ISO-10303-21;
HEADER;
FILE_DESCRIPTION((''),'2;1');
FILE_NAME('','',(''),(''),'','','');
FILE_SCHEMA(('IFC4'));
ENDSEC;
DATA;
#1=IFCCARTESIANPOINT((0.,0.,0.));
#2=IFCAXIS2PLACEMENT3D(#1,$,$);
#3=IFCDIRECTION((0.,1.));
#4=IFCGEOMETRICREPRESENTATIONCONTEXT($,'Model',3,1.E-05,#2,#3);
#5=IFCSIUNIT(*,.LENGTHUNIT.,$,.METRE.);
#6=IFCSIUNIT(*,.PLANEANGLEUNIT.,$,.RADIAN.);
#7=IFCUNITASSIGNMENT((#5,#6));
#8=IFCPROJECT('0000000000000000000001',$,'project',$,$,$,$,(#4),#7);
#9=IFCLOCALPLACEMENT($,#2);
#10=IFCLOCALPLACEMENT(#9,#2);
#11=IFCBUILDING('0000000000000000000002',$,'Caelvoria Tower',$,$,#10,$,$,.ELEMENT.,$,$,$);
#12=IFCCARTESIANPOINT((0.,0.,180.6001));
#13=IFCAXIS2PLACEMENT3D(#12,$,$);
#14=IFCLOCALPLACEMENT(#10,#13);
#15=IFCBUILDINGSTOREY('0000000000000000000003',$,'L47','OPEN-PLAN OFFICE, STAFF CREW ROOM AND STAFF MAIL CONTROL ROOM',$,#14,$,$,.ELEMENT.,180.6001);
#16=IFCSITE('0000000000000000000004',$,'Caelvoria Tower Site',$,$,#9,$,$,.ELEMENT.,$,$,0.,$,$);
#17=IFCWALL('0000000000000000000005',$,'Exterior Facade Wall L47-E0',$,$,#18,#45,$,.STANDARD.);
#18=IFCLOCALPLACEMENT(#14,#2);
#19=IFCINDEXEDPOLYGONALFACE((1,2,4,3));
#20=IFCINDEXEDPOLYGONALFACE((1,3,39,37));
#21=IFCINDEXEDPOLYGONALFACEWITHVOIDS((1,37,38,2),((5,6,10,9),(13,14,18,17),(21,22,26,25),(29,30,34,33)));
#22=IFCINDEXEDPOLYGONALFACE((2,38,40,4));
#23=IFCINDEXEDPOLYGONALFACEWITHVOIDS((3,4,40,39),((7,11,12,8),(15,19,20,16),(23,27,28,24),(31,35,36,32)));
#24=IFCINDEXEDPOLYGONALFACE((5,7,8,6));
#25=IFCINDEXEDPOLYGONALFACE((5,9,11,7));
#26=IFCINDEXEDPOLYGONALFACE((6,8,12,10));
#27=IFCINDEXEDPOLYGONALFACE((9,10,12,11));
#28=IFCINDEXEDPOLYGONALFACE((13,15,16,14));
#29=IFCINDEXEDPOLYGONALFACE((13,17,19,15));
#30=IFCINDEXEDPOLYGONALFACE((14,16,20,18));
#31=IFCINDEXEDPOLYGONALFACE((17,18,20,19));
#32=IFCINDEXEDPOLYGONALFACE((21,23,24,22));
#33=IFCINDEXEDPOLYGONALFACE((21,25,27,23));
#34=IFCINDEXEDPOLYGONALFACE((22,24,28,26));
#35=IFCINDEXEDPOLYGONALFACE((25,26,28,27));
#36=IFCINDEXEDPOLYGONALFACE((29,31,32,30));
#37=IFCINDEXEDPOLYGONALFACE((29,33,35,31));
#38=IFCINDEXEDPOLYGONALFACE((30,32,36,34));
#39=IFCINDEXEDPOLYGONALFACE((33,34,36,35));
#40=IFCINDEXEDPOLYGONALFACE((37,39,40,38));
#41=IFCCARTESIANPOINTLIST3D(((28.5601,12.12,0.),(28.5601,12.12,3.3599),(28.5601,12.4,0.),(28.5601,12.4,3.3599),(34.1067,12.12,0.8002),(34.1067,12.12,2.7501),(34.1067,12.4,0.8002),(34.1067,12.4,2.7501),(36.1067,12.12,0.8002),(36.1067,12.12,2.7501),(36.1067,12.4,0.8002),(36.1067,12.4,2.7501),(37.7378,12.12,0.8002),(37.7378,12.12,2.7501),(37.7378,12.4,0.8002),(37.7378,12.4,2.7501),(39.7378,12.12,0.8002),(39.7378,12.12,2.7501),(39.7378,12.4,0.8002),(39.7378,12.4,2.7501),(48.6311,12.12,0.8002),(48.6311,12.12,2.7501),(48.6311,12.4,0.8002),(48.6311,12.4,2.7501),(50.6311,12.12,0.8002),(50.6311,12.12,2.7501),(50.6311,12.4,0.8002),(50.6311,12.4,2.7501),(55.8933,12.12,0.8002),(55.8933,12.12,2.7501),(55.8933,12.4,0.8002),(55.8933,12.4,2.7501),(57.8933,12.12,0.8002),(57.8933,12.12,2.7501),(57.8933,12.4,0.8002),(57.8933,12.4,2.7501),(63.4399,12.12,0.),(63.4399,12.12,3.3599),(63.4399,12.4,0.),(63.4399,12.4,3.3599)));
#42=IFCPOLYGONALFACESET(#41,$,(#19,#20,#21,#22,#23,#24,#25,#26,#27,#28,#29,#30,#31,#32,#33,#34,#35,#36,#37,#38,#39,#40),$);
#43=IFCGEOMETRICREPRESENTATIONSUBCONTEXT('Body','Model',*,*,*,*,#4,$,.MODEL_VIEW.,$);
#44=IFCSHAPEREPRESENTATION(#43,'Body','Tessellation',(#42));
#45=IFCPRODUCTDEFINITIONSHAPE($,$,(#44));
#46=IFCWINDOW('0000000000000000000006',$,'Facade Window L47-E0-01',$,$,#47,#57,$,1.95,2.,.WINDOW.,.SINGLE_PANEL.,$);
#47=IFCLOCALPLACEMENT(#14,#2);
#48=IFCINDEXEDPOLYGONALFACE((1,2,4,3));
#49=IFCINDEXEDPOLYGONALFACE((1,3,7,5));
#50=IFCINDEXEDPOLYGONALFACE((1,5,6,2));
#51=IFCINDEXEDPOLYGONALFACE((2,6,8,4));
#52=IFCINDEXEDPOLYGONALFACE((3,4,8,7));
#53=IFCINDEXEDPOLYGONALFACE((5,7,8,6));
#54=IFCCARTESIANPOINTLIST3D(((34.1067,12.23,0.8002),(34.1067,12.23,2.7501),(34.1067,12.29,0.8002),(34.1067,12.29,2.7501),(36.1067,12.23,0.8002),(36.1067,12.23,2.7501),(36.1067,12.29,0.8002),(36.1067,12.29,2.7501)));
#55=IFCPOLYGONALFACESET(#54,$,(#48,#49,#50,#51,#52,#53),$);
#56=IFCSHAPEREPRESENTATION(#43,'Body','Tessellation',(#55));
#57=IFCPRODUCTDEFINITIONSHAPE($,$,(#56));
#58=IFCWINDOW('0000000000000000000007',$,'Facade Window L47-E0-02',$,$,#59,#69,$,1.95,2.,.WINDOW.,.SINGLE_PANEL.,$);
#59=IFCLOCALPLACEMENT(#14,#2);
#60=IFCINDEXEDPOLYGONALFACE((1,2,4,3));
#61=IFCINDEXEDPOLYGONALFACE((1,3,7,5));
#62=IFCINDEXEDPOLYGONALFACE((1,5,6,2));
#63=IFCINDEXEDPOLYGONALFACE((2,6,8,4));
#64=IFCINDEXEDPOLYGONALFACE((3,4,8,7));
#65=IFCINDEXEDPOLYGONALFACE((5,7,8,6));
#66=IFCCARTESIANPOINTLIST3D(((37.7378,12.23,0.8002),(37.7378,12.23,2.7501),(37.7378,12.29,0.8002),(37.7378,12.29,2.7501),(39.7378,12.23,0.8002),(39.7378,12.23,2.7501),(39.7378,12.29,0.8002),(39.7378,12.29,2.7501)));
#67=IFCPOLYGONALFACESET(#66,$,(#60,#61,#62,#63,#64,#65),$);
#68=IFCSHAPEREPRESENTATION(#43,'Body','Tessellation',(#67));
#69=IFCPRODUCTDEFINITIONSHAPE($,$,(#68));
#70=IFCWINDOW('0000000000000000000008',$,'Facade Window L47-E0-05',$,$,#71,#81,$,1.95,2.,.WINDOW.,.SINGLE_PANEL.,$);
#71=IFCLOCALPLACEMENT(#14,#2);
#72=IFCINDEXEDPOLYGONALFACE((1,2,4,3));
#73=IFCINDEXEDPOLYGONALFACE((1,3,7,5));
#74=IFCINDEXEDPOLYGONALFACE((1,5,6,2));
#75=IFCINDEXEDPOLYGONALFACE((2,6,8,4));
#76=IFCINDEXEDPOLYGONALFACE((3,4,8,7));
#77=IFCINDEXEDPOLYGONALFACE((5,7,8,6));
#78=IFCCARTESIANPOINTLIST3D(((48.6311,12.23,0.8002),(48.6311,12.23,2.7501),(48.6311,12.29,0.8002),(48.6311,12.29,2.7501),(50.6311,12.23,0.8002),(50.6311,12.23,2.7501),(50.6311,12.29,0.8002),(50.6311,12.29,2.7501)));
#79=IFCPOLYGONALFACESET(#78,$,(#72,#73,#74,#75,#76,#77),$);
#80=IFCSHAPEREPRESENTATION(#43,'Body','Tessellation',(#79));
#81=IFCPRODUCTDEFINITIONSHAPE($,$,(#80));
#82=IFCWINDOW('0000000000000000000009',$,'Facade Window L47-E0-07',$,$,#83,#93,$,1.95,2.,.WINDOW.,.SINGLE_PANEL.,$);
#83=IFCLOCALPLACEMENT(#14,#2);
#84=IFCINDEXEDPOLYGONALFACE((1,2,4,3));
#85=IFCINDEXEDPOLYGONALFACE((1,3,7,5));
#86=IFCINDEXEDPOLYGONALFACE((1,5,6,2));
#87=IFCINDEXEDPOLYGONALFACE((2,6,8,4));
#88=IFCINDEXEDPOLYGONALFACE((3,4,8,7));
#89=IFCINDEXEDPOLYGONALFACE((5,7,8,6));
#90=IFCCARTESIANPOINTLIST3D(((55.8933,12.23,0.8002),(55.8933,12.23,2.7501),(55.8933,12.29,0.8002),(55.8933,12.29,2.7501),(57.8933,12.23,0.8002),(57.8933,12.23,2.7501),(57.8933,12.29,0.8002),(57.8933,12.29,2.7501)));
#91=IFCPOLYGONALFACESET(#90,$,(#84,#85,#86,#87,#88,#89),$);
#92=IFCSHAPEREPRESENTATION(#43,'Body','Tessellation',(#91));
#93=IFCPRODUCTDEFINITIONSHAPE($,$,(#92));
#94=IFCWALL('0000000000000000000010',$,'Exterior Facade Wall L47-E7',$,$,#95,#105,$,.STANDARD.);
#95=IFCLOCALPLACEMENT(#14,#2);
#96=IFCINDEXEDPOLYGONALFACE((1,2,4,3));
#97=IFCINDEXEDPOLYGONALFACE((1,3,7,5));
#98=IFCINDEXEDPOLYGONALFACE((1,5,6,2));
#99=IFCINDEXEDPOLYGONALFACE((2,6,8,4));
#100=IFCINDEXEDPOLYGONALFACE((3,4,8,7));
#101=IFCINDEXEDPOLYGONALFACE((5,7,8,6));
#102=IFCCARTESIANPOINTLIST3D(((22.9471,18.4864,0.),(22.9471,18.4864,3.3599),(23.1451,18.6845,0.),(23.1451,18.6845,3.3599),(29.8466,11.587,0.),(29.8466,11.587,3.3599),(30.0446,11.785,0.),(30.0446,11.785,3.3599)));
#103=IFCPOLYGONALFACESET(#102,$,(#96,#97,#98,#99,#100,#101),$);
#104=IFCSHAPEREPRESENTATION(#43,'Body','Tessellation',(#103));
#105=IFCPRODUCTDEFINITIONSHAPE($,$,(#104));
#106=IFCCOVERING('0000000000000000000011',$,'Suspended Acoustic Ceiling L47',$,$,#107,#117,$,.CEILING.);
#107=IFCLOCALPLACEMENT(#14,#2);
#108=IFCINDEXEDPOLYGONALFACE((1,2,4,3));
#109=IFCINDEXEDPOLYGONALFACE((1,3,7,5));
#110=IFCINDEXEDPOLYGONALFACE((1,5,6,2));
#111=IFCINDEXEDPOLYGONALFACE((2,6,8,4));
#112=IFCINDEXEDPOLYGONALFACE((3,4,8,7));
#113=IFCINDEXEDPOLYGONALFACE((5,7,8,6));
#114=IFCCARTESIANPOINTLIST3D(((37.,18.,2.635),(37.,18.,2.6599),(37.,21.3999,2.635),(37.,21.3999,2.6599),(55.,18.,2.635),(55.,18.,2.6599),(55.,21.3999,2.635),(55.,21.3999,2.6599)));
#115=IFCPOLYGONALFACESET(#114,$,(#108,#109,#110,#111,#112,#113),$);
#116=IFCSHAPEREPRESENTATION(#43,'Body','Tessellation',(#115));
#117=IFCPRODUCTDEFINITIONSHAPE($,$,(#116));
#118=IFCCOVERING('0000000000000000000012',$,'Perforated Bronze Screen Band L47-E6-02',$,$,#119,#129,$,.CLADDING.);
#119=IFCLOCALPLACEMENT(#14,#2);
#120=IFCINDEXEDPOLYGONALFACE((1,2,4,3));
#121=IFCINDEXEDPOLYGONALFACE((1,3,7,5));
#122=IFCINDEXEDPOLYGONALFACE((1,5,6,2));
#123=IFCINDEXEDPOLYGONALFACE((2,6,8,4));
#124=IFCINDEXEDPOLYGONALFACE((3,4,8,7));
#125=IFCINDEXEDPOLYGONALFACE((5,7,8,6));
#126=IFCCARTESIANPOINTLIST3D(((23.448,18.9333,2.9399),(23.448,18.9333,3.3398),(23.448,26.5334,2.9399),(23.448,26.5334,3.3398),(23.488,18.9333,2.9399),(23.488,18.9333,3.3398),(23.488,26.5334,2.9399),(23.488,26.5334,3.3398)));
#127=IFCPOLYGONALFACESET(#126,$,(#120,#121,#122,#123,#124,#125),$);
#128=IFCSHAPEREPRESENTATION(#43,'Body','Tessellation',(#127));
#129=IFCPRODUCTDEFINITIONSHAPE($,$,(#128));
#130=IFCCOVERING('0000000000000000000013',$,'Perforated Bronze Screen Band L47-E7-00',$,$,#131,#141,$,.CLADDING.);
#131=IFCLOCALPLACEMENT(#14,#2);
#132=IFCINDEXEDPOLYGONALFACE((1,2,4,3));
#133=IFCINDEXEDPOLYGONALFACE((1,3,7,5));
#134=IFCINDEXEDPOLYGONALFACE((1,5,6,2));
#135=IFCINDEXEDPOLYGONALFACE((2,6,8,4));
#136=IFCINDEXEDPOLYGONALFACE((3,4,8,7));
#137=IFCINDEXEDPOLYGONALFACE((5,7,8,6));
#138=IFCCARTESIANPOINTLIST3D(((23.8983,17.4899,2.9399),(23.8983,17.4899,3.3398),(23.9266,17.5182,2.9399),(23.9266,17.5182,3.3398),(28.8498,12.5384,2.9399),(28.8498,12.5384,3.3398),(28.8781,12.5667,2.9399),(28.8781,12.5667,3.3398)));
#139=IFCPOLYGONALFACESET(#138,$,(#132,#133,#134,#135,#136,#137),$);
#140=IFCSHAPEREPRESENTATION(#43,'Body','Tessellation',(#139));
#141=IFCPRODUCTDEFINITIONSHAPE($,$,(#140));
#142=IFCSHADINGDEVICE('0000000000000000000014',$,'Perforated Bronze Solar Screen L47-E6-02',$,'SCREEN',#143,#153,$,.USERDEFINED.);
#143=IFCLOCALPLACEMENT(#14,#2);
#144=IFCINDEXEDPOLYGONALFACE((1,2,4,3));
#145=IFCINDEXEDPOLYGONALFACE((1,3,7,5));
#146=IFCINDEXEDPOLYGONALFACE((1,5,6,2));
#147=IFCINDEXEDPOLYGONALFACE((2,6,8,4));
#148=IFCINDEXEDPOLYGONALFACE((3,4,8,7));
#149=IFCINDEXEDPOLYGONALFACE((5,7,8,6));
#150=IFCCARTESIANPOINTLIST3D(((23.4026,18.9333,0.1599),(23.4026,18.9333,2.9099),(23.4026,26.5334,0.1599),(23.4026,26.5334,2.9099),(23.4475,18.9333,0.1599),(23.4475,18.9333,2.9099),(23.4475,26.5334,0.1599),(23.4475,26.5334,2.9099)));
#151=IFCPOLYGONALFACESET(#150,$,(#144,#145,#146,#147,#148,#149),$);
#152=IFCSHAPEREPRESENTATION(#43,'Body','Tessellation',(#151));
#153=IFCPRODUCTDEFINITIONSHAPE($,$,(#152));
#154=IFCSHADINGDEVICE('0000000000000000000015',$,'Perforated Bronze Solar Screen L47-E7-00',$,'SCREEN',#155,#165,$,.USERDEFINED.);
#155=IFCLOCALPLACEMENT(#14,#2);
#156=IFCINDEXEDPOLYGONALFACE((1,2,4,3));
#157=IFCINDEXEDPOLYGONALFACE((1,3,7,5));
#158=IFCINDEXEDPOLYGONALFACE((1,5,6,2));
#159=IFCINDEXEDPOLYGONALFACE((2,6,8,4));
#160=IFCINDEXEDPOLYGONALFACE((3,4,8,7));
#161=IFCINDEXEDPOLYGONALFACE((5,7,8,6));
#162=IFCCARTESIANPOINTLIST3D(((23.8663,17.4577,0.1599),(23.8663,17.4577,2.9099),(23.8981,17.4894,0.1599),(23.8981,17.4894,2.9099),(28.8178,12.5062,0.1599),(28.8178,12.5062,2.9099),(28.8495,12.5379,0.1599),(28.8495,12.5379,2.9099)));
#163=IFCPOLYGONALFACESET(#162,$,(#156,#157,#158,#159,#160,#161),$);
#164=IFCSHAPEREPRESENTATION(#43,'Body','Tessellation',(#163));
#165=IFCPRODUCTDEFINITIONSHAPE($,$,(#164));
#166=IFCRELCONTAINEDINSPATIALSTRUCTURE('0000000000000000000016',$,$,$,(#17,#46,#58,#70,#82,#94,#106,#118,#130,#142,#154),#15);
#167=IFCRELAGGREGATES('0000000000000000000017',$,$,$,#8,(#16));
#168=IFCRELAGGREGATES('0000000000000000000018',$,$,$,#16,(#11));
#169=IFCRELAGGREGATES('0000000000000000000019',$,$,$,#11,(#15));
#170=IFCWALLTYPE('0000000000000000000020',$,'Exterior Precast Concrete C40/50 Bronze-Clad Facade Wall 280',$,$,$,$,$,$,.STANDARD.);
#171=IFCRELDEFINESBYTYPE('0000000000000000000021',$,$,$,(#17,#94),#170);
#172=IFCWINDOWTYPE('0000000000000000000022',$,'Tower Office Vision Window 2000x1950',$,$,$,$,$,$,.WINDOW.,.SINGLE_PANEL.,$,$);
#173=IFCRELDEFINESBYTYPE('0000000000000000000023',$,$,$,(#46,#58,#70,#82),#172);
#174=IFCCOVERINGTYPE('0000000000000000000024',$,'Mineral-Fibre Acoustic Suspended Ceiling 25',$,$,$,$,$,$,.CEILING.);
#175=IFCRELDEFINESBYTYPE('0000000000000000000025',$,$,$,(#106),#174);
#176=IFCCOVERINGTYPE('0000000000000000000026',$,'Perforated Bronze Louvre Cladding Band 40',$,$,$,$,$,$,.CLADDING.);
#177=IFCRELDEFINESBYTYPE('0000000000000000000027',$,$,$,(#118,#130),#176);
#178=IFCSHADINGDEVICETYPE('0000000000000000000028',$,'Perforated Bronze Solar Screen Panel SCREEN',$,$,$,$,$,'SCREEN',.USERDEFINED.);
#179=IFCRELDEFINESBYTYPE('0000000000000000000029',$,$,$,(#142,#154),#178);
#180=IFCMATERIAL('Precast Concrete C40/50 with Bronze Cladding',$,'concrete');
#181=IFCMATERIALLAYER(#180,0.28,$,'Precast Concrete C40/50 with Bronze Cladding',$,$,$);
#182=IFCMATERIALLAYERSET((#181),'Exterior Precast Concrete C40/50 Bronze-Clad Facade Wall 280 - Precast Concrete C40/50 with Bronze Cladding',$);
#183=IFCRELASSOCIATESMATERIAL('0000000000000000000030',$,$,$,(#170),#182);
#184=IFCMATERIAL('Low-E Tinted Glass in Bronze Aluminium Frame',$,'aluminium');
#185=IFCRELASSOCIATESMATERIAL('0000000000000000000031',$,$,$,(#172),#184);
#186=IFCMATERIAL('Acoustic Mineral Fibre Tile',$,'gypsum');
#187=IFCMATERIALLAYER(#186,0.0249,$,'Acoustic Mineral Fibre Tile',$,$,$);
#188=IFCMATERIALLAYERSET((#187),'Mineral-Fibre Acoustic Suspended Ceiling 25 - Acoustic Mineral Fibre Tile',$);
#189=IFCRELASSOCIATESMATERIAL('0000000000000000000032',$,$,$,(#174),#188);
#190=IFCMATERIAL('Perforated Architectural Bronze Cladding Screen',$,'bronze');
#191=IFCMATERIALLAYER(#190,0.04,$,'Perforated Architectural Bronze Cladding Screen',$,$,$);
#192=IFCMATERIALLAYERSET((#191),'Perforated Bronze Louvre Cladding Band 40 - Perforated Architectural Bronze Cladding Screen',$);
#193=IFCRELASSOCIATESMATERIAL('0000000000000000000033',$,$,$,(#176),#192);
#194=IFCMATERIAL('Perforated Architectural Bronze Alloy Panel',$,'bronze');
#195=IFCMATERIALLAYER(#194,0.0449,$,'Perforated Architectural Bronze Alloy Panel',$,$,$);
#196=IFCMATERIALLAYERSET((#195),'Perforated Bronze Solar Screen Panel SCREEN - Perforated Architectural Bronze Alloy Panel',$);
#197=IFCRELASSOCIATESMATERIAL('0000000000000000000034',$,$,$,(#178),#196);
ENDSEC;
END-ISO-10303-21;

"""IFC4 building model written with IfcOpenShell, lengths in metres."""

from ifc_helpers import new_model, si_unit, direction, frame, frame_2d, origin, origin_2d, place, context, subcontext, project, spatial, polyline, rectangle, outline, extrude, material, layer, layer_set, type_object, element, fill, save


model = new_model("IFC4")

# Units and contexts
model_context = context("Model", 3, precision=1e-05, world=origin(), true_north=direction((0.0, 1.0)))
body_context = subcontext(model_context, "Body", "Model", "MODEL_VIEW")
ifc_project = project(units=[si_unit("LENGTHUNIT", "METRE"), si_unit("PLANEANGLEUNIT", "RADIAN")], contexts=[model_context])

# Site, building, storey
site_placement = place(None, origin())
site = spatial("IfcSite", under=ifc_project, at=site_placement, Name="Caelvoria Tower Site", CompositionType="ELEMENT", RefElevation=0.0)
building_placement = place(site_placement, origin())
building = spatial("IfcBuilding", under=site, at=building_placement, Name="Caelvoria Tower", CompositionType="ELEMENT")
storey_placement = place(building_placement, frame((0.0, 0.0, 180.6001)))
storey = spatial("IfcBuildingStorey", under=building, at=storey_placement, Name="L47", Description="OPEN-PLAN OFFICE, STAFF CREW ROOM AND STAFF MAIL CONTROL ROOM", CompositionType="ELEMENT", Elevation=180.6001)

# Wall, openings, windows
ifc_material_1 = material(Name="Precast Concrete C40/50 with Bronze Cladding", Category="concrete")
ifc_layer_1 = layer(ifc_material_1, 0.28, Name="Precast Concrete C40/50 with Bronze Cladding")
ifc_layer_set_1 = layer_set([ifc_layer_1], Name="Exterior Precast Concrete C40/50 Bronze-Clad Facade Wall 280 - Precast Concrete C40/50 with Bronze Cladding")
wall_type = type_object("IfcWallType", Name="Exterior Precast Concrete C40/50 Bronze-Clad Facade Wall 280", PredefinedType="STANDARD", material=ifc_layer_set_1)
wall_1_placement = place(storey_placement, frame((28.5601, 12.26, 0.0), z_axis=(0.0, 0.0, 1.0), x_axis=(1.0, 0.0, 0.0)))
wall_1 = element("IfcWall", 1, at=wall_1_placement, inside=storey, type_object=wall_type, Name="Exterior Facade Wall L47-E0", PredefinedType="STANDARD", context=body_context, shape_type="SweptSolid", body=[
    extrude(rectangle(XDim=34.8799, YDim=0.28, at=frame_2d((17.4399, 0.0))), origin(), (0.0, 0.0, 1.0), 3.3599),
])
opening_1_placement = place(wall_1_placement, frame((5.5466, 0.0, 0.8)))
opening_1 = element("IfcOpeningElement", 2, at=opening_1_placement, cuts=wall_1, PredefinedType="OPENING", context=body_context, shape_type="SweptSolid", body=[
    extrude(rectangle(XDim=2.0, YDim=1.95, at=frame_2d((1.0, 0.9751))), frame((0.0, 0.1499, 0.0), z_axis=(0.0, -1.0, 0.0), x_axis=(1.0, 0.0, 0.0)), (0.0, 0.0, 1.0), 0.3),
])
opening_2_placement = place(wall_1_placement, frame((9.1777, 0.0, 0.8)))
opening_2 = element("IfcOpeningElement", 3, at=opening_2_placement, cuts=wall_1, PredefinedType="OPENING", context=body_context, shape_type="SweptSolid", body=[
    extrude(rectangle(XDim=2.0, YDim=1.95, at=frame_2d((1.0, 0.9751))), frame((0.0, 0.1499, 0.0), z_axis=(0.0, -1.0, 0.0), x_axis=(1.0, 0.0, 0.0)), (0.0, 0.0, 1.0), 0.3),
])
opening_3_placement = place(wall_1_placement, frame((20.071, 0.0, 0.8)))
opening_3 = element("IfcOpeningElement", 4, at=opening_3_placement, cuts=wall_1, PredefinedType="OPENING", context=body_context, shape_type="SweptSolid", body=[
    extrude(rectangle(XDim=2.0, YDim=1.95, at=frame_2d((1.0, 0.9751))), frame((0.0, 0.1499, 0.0), z_axis=(0.0, -1.0, 0.0), x_axis=(1.0, 0.0, 0.0)), (0.0, 0.0, 1.0), 0.3),
])
opening_4_placement = place(wall_1_placement, frame((27.3333, 0.0, 0.8)))
opening_4 = element("IfcOpeningElement", 5, at=opening_4_placement, cuts=wall_1, PredefinedType="OPENING", context=body_context, shape_type="SweptSolid", body=[
    extrude(rectangle(XDim=2.0, YDim=1.95, at=frame_2d((1.0, 0.9751))), frame((0.0, 0.1499, 0.0), z_axis=(0.0, -1.0, 0.0), x_axis=(1.0, 0.0, 0.0)), (0.0, 0.0, 1.0), 0.3),
])
ifc_material_2 = material(Name="Low-E Tinted Glass in Bronze Aluminium Frame", Category="aluminium")
window_type = type_object("IfcWindowType", Name="Tower Office Vision Window 2000x1950", PartitioningType="SINGLE_PANEL", PredefinedType="WINDOW", material=ifc_material_2)
window_1_placement = place(opening_1_placement, origin())
window_1 = element("IfcWindow", 6, at=window_1_placement, inside=storey, type_object=window_type, Name="Facade Window L47-E0-01", OverallHeight=1.95, OverallWidth=2.0, PartitioningType="SINGLE_PANEL", PredefinedType="WINDOW", context=body_context, shape_type="SweptSolid", body=[
    extrude(rectangle(XDim=2.0, YDim=1.95, at=frame_2d((1.0, 0.9751))), frame((0.0, 0.03, 0.0), z_axis=(0.0, -1.0, 0.0), x_axis=(1.0, 0.0, 0.0)), (0.0, 0.0, 1.0), 0.0601),
])
fill(opening_1, window_1)
window_2_placement = place(opening_2_placement, origin())
window_2 = element("IfcWindow", 7, at=window_2_placement, inside=storey, type_object=window_type, Name="Facade Window L47-E0-02", OverallHeight=1.95, OverallWidth=2.0, PartitioningType="SINGLE_PANEL", PredefinedType="WINDOW", context=body_context, shape_type="SweptSolid", body=[
    extrude(rectangle(XDim=2.0, YDim=1.95, at=frame_2d((1.0, 0.9751))), frame((0.0, 0.03, 0.0), z_axis=(0.0, -1.0, 0.0), x_axis=(1.0, 0.0, 0.0)), (0.0, 0.0, 1.0), 0.0601),
])
fill(opening_2, window_2)
window_3_placement = place(opening_3_placement, origin())
window_3 = element("IfcWindow", 8, at=window_3_placement, inside=storey, type_object=window_type, Name="Facade Window L47-E0-05", OverallHeight=1.95, OverallWidth=2.0, PartitioningType="SINGLE_PANEL", PredefinedType="WINDOW", context=body_context, shape_type="SweptSolid", body=[
    extrude(rectangle(XDim=2.0, YDim=1.95, at=frame_2d((1.0, 0.9751))), frame((0.0, 0.03, 0.0), z_axis=(0.0, -1.0, 0.0), x_axis=(1.0, 0.0, 0.0)), (0.0, 0.0, 1.0), 0.0601),
])
fill(opening_3, window_3)
window_4_placement = place(opening_4_placement, origin())
window_4 = element("IfcWindow", 9, at=window_4_placement, inside=storey, type_object=window_type, Name="Facade Window L47-E0-07", OverallHeight=1.95, OverallWidth=2.0, PartitioningType="SINGLE_PANEL", PredefinedType="WINDOW", context=body_context, shape_type="SweptSolid", body=[
    extrude(rectangle(XDim=2.0, YDim=1.95, at=frame_2d((1.0, 0.9751))), frame((0.0, 0.03, 0.0), z_axis=(0.0, -1.0, 0.0), x_axis=(1.0, 0.0, 0.0)), (0.0, 0.0, 1.0), 0.0601),
])
fill(opening_4, window_4)

# Wall
wall_2_placement = place(storey_placement, frame((23.0461, 18.5854, 0.0), z_axis=(0.0, 0.0, 1.0), x_axis=(0.707107, -0.707107, 0.0)))
element("IfcWall", 10, at=wall_2_placement, inside=storey, type_object=wall_type, Name="Exterior Facade Wall L47-E7", PredefinedType="STANDARD", context=body_context, shape_type="SweptSolid", body=[
    extrude(rectangle(XDim=9.7573, YDim=0.28, at=frame_2d((4.8787, 0.0))), origin(), (0.0, 0.0, 1.0), 3.3599),
])

# Coverings
ifc_material_3 = material(Name="Acoustic Mineral Fibre Tile", Category="gypsum")
ifc_layer_2 = layer(ifc_material_3, 0.0249, Name="Acoustic Mineral Fibre Tile")
ifc_layer_set_2 = layer_set([ifc_layer_2], Name="Mineral-Fibre Acoustic Suspended Ceiling 25 - Acoustic Mineral Fibre Tile")
covering_type_1 = type_object("IfcCoveringType", Name="Mineral-Fibre Acoustic Suspended Ceiling 25", PredefinedType="CEILING", material=ifc_layer_set_2)
covering_1_placement = place(storey_placement, frame((0.0, 0.0, 2.635)))
element("IfcCovering", 11, at=covering_1_placement, inside=storey, type_object=covering_type_1, Name="Suspended Acoustic Ceiling L47", PredefinedType="CEILING", context=body_context, shape_type="SweptSolid", body=[
    extrude(outline(polyline([(37.0, 18.0), (55.0, 18.0), (55.0, 21.3999), (37.0, 21.3999), (37.0, 18.0)])), origin(), (0.0, 0.0, 1.0), 0.0249),
])
ifc_material_4 = material(Name="Perforated Architectural Bronze Cladding Screen", Category="bronze")
ifc_layer_3 = layer(ifc_material_4, 0.04, Name="Perforated Architectural Bronze Cladding Screen")
ifc_layer_set_3 = layer_set([ifc_layer_3], Name="Perforated Bronze Louvre Cladding Band 40 - Perforated Architectural Bronze Cladding Screen")
covering_type_2 = type_object("IfcCoveringType", Name="Perforated Bronze Louvre Cladding Band 40", PredefinedType="CLADDING", material=ifc_layer_set_3)
covering_2_placement = place(storey_placement, frame((23.468, 22.7334, 2.9399), z_axis=(0.0, 0.0, 1.0), x_axis=(0.0, -1.0, 0.0)))
element("IfcCovering", 12, at=covering_2_placement, inside=storey, type_object=covering_type_2, Name="Perforated Bronze Screen Band L47-E6-02", PredefinedType="CLADDING", context=body_context, shape_type="SweptSolid", body=[
    extrude(rectangle(XDim=7.6001, YDim=0.04, at=origin_2d()), origin(), (0.0, 0.0, 1.0), 0.3999),
])
covering_3_placement = place(storey_placement, frame((26.3882, 15.0283, 2.9399), z_axis=(0.0, 0.0, 1.0), x_axis=(0.707107, -0.707107, 0.0)))
element("IfcCovering", 13, at=covering_3_placement, inside=storey, type_object=covering_type_2, Name="Perforated Bronze Screen Band L47-E7-00", PredefinedType="CLADDING", context=body_context, shape_type="SweptSolid", body=[
    extrude(rectangle(XDim=7.0024, YDim=0.04, at=origin_2d()), origin(), (0.0, 0.0, 1.0), 0.3999),
])

# Shading devices
ifc_material_5 = material(Name="Perforated Architectural Bronze Alloy Panel", Category="bronze")
ifc_layer_4 = layer(ifc_material_5, 0.0449, Name="Perforated Architectural Bronze Alloy Panel")
ifc_layer_set_4 = layer_set([ifc_layer_4], Name="Perforated Bronze Solar Screen Panel SCREEN - Perforated Architectural Bronze Alloy Panel")
shading_device_type = type_object("IfcShadingDeviceType", Name="Perforated Bronze Solar Screen Panel SCREEN", ElementType="SCREEN", PredefinedType="USERDEFINED", material=ifc_layer_set_4)
shading_device_1_placement = place(storey_placement, frame((23.425, 22.7334, 0.1599), z_axis=(0.0, 0.0, 1.0), x_axis=(0.0, -1.0, 0.0)))
element("IfcShadingDevice", 14, at=shading_device_1_placement, inside=storey, type_object=shading_device_type, Name="Perforated Bronze Solar Screen L47-E6-02", ObjectType="SCREEN", PredefinedType="USERDEFINED", context=body_context, shape_type="SweptSolid", body=[
    extrude(rectangle(XDim=7.6001, YDim=0.0449, at=origin_2d()), origin(), (0.0, 0.0, 1.0), 2.75),
])
shading_device_2_placement = place(storey_placement, frame((26.3579, 14.9978, 0.1599), z_axis=(0.0, 0.0, 1.0), x_axis=(0.707107, -0.707107, 0.0)))
element("IfcShadingDevice", 15, at=shading_device_2_placement, inside=storey, type_object=shading_device_type, Name="Perforated Bronze Solar Screen L47-E7-00", ObjectType="SCREEN", PredefinedType="USERDEFINED", context=body_context, shape_type="SweptSolid", body=[
    extrude(rectangle(XDim=7.0024, YDim=0.0449, at=origin_2d()), origin(), (0.0, 0.0, 1.0), 2.75),
])

save(model, "model.ifc")
